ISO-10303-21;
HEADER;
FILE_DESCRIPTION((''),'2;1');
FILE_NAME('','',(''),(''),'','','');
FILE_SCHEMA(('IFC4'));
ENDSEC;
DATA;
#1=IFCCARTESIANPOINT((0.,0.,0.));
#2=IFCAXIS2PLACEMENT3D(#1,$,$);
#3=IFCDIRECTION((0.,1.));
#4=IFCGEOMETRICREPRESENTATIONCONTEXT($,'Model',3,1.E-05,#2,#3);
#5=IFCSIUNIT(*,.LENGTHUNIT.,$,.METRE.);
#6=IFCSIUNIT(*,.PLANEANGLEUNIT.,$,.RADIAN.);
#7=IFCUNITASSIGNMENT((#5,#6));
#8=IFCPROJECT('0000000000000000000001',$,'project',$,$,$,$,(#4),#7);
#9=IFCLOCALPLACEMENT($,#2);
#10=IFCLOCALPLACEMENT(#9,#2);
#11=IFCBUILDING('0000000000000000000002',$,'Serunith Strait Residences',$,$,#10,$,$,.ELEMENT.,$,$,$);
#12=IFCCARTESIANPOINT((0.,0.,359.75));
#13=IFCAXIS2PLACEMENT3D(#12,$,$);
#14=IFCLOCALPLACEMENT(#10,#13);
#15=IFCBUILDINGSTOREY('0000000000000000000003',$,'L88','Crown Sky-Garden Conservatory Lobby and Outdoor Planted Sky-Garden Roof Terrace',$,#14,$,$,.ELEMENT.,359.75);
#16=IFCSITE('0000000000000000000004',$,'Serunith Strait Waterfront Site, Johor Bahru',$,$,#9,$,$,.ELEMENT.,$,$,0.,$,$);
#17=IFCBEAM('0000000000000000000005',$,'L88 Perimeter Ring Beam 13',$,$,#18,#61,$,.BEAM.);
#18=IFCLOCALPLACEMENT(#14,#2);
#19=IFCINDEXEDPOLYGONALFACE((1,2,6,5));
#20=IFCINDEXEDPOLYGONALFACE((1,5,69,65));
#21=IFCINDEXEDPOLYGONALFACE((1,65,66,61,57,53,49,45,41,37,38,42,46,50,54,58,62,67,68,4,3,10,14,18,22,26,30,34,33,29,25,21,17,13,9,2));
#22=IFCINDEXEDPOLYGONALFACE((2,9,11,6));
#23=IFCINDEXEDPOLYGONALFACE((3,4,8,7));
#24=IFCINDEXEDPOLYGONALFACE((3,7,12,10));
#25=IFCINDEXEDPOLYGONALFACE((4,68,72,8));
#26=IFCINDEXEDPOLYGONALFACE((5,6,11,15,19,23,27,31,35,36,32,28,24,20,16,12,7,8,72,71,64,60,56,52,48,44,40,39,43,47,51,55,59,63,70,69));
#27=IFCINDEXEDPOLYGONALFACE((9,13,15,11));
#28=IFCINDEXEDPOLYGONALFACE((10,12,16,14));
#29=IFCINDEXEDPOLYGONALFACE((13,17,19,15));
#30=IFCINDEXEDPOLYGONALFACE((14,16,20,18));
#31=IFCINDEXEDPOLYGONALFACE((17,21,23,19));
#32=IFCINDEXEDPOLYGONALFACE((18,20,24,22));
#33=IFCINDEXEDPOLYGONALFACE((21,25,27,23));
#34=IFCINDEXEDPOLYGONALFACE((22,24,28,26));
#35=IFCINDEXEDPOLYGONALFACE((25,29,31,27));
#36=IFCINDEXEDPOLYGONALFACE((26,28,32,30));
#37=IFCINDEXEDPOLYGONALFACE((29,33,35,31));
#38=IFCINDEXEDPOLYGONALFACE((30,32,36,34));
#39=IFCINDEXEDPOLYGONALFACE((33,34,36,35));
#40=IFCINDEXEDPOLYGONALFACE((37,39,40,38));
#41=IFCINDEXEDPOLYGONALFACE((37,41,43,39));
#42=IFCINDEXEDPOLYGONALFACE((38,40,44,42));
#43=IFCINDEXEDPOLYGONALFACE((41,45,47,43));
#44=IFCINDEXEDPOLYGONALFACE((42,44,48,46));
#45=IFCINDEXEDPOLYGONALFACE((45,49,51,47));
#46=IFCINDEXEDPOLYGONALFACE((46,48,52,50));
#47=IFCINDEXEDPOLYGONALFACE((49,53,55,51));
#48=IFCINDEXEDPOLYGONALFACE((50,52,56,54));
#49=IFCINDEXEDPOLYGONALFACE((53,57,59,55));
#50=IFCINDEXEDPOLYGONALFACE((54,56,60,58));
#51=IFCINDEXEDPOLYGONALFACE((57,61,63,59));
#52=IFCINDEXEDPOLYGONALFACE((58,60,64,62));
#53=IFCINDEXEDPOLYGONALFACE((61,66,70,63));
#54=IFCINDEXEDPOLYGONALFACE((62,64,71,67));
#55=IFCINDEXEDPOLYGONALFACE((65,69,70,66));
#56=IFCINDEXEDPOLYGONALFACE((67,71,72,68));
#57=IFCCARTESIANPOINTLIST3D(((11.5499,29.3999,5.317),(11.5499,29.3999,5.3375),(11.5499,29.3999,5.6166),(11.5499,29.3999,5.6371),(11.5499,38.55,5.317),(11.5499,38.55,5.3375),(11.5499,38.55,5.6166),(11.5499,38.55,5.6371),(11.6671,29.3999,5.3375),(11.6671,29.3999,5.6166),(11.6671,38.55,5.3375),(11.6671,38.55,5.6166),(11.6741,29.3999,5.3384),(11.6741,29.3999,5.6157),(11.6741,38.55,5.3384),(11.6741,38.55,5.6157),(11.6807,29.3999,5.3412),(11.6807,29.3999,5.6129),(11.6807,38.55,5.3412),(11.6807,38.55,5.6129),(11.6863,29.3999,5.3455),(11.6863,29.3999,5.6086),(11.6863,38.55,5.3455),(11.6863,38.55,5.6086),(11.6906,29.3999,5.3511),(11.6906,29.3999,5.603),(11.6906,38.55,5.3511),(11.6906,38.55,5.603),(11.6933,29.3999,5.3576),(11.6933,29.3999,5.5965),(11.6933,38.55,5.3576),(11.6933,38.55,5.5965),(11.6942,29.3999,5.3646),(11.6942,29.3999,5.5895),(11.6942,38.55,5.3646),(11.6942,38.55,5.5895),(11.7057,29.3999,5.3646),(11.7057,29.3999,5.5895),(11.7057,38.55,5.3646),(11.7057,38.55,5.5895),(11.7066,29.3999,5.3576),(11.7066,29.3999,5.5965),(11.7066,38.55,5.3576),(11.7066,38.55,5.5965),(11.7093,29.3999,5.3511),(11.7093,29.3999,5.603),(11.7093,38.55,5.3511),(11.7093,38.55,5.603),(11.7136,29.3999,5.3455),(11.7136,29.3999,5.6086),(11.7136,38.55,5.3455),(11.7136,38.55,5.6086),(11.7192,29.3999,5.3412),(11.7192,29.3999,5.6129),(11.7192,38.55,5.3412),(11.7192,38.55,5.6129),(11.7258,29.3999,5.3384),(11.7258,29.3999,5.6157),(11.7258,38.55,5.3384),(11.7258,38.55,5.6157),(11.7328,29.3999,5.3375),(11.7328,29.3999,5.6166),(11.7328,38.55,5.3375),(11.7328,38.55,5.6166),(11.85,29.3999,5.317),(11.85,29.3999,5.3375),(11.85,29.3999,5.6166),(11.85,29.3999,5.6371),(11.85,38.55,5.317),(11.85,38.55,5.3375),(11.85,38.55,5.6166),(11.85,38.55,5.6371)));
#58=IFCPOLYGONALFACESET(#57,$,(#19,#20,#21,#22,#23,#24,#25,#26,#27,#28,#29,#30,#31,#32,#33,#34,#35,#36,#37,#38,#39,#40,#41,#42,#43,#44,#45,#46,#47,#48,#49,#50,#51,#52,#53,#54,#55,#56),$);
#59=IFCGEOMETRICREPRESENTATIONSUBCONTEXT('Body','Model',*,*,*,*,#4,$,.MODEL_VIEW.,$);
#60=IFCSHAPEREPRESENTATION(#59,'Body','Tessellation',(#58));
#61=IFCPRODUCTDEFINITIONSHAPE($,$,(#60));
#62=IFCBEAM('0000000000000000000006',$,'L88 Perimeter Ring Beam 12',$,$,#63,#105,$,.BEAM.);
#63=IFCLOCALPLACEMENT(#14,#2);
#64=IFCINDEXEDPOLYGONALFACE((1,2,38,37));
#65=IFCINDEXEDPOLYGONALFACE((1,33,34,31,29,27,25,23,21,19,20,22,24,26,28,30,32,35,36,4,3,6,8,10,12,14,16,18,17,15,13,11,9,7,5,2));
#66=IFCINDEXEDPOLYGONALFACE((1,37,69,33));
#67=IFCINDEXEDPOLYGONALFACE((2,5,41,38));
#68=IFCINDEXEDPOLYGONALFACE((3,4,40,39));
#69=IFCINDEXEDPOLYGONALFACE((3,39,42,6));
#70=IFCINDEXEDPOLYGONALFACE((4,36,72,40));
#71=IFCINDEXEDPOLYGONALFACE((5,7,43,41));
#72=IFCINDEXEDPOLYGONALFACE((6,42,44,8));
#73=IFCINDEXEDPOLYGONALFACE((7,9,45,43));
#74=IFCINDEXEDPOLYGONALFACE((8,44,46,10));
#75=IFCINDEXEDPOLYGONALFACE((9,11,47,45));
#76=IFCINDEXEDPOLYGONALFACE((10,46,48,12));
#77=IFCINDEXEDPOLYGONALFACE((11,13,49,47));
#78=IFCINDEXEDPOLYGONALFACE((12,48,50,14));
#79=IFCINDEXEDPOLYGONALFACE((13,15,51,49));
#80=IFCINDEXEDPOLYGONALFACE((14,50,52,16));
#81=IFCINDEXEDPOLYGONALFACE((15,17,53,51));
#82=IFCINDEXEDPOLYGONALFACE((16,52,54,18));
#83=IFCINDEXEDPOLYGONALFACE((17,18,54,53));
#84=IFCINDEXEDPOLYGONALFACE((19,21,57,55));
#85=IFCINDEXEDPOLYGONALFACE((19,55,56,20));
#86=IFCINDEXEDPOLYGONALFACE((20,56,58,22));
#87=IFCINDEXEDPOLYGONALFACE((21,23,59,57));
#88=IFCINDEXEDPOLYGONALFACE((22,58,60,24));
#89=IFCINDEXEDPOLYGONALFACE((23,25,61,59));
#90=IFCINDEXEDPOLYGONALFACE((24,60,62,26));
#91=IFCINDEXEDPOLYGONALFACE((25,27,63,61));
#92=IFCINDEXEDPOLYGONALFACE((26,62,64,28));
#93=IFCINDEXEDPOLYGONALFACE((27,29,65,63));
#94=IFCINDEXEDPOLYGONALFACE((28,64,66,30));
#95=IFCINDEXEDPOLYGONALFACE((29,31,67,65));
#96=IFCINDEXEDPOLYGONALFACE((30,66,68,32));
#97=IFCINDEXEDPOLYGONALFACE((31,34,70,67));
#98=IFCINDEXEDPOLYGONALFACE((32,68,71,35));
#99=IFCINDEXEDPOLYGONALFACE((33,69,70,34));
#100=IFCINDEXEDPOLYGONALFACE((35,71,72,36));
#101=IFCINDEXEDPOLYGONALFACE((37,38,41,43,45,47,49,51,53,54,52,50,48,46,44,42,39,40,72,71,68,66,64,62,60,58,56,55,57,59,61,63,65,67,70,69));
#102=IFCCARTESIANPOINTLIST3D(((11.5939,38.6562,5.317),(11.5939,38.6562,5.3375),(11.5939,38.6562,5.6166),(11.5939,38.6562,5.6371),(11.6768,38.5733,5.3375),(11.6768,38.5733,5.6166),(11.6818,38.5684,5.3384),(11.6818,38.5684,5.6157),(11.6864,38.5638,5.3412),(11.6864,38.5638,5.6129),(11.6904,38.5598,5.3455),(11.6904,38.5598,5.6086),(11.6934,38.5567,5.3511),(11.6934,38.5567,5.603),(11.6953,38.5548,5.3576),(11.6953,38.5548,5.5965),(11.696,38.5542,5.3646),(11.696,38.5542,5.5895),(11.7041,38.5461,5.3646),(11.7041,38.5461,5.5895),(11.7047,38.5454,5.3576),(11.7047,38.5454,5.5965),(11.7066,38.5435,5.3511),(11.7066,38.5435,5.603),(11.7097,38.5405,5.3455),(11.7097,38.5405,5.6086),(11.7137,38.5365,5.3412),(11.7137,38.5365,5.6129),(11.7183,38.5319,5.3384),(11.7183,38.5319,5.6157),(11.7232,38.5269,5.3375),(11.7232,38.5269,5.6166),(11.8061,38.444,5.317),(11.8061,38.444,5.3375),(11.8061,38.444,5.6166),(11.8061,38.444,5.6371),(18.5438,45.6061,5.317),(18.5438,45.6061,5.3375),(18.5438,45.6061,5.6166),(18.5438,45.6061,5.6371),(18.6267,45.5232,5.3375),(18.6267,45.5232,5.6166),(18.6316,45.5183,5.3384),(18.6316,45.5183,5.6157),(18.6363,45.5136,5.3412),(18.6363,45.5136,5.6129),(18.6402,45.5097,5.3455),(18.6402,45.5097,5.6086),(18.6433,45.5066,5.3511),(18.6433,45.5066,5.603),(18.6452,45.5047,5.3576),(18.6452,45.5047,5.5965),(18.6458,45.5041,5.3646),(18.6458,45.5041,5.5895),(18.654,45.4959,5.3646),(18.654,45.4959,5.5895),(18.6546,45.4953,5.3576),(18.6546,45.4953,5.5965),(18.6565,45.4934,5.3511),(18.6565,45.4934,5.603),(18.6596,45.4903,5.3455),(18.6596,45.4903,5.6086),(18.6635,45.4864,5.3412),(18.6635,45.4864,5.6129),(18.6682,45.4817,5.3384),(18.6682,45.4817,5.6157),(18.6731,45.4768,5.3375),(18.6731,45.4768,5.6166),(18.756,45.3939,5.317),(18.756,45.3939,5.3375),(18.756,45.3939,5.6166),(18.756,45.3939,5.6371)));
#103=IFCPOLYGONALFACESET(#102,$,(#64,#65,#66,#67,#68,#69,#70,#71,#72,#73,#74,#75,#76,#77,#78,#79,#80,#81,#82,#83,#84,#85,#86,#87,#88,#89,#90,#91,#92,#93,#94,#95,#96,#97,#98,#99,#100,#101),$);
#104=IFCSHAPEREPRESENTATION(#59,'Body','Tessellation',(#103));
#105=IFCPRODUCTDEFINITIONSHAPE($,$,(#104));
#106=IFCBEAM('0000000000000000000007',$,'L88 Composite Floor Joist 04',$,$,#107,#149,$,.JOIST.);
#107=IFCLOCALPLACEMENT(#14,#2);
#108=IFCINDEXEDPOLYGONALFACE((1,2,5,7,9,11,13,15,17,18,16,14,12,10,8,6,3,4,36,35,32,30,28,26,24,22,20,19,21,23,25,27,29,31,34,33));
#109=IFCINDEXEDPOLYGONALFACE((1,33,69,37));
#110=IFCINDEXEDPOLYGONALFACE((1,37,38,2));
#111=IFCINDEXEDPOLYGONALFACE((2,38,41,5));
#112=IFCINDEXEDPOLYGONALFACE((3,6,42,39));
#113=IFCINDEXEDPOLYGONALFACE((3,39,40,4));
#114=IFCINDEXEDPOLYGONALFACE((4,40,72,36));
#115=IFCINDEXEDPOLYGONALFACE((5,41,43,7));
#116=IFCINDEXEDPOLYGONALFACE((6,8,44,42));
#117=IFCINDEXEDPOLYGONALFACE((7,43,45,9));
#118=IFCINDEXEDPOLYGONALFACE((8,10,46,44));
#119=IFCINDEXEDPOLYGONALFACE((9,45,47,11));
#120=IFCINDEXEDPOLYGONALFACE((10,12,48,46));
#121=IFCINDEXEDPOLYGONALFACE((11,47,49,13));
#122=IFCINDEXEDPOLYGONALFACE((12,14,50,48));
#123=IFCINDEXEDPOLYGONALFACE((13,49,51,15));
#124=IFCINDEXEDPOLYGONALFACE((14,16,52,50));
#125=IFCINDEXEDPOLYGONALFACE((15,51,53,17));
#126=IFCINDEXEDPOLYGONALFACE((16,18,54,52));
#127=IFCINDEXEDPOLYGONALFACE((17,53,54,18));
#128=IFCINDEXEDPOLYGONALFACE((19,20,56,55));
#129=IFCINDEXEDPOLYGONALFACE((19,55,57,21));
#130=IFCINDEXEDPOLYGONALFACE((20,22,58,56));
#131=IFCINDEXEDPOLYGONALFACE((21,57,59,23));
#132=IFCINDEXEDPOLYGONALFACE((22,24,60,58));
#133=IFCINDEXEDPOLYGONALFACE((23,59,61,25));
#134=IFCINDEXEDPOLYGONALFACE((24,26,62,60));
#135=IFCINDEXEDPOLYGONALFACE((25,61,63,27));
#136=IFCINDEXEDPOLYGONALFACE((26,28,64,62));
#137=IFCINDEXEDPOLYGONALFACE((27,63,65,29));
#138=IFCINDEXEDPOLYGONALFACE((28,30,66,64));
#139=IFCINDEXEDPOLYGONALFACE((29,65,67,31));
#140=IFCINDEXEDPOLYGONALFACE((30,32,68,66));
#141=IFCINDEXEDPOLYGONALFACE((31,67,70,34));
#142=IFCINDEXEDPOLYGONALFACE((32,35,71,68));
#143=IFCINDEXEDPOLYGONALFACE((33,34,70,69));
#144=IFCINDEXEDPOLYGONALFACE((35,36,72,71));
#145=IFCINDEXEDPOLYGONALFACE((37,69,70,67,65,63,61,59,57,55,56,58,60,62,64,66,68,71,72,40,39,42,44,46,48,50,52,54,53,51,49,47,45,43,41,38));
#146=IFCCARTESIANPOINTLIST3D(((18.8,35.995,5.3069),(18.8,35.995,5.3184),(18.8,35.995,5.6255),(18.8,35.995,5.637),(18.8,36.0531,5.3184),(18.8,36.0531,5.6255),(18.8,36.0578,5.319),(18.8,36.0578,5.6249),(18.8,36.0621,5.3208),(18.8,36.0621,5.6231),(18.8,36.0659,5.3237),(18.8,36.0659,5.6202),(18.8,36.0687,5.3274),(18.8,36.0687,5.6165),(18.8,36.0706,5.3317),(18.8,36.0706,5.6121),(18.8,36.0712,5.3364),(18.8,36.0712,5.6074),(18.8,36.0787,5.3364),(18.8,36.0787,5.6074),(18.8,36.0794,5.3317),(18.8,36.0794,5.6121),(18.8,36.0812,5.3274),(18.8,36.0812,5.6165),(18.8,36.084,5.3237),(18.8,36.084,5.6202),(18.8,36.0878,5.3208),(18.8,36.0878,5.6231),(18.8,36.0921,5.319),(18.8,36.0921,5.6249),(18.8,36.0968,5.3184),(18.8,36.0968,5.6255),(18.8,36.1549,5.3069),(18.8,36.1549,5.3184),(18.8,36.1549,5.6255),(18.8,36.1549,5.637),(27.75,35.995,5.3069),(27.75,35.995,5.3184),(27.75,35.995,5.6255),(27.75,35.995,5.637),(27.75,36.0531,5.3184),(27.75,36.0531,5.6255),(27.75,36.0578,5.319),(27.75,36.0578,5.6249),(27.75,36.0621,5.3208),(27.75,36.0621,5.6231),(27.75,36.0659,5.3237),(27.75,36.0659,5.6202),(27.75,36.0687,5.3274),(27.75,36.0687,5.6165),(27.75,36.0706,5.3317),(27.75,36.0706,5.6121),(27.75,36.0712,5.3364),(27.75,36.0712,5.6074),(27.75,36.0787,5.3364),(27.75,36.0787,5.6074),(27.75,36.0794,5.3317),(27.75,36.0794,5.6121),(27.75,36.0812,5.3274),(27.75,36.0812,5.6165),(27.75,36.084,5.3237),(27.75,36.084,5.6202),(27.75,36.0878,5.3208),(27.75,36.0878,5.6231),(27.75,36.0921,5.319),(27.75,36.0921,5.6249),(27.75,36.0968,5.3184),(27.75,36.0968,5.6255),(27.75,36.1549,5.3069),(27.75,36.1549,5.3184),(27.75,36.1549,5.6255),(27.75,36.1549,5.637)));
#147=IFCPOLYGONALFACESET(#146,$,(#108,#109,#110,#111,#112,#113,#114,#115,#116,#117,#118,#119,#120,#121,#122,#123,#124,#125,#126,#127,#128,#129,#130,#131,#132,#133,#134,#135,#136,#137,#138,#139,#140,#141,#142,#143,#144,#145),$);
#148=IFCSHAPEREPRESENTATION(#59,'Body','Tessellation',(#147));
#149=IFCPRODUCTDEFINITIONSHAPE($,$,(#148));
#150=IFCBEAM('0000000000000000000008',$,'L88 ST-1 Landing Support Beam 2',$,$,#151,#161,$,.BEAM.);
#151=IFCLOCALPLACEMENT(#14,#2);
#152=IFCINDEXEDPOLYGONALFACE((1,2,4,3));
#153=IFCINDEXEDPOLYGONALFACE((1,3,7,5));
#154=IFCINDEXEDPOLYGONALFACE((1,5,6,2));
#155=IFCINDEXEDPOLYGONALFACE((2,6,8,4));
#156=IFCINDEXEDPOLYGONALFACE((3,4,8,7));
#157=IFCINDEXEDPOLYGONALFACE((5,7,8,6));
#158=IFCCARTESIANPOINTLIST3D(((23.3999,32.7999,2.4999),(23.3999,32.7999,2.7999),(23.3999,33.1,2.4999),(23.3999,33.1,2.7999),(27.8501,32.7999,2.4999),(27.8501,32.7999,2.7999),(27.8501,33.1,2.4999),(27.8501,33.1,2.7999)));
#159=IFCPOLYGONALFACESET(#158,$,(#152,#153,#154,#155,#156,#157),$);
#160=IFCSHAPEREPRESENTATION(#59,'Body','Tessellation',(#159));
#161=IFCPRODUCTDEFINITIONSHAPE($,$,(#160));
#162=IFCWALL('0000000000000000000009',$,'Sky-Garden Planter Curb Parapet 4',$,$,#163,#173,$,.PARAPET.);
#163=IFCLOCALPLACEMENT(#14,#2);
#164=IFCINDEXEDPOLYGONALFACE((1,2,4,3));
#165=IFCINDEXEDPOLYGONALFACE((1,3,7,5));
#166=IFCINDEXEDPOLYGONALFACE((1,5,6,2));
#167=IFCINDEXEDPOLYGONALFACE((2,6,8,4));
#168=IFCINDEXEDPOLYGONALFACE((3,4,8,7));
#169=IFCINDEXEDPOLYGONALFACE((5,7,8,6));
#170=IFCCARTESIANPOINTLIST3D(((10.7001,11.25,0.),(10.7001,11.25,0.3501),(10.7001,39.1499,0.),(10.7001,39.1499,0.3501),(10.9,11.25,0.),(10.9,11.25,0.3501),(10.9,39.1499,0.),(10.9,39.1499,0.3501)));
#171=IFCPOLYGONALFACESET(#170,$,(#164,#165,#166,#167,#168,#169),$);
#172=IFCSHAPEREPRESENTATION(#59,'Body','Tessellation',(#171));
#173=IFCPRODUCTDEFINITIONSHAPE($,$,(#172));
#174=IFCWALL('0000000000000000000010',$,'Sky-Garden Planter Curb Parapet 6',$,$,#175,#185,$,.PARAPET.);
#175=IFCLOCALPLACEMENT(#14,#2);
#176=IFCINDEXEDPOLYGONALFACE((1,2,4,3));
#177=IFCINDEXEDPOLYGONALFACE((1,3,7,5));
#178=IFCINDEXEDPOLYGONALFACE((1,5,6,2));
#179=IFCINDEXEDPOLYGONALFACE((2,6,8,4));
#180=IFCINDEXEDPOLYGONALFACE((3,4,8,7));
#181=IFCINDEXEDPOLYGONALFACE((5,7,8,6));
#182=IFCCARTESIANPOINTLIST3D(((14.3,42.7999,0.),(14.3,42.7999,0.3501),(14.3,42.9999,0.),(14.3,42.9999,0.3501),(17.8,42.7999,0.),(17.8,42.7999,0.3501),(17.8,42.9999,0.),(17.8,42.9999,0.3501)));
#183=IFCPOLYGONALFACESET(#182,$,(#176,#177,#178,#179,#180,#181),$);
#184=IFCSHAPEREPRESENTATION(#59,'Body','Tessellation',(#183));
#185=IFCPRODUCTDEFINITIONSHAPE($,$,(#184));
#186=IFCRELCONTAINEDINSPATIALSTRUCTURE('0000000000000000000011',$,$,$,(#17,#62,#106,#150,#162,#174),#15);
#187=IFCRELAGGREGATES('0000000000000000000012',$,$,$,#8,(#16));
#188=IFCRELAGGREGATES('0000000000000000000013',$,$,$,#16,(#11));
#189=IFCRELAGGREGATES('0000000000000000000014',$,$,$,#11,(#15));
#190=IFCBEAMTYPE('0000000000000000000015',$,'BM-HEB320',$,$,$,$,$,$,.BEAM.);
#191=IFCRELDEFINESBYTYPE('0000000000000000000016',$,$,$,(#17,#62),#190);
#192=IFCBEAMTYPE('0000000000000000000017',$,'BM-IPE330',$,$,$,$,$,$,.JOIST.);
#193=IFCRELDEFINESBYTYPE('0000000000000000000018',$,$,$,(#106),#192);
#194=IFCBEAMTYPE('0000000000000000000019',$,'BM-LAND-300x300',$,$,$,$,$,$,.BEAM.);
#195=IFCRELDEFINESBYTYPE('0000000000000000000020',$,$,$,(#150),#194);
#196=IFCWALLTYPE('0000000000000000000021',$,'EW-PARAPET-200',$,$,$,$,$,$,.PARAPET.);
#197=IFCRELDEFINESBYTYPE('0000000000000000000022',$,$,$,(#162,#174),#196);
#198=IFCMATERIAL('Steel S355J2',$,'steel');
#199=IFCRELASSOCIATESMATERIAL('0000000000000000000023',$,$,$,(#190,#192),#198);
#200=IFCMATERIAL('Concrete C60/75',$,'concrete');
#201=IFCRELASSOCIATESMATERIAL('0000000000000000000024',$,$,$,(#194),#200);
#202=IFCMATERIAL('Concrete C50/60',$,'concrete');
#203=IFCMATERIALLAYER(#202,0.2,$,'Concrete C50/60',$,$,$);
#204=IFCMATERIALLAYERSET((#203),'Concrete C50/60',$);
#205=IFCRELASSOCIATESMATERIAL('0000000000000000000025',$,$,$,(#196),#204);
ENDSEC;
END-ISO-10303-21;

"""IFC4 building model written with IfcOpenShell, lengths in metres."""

from ifc_helpers import new_model, si_unit, direction, frame, frame_2d, origin, origin_2d, place, context, subcontext, project, spatial, rectangle, i_section, extrude, source, transform, mapped, material, layer, layer_set, material_profile, profile_set, type_object, element, save


model = new_model("IFC4")

# Units and contexts
model_context = context("Model", 3, precision=1e-05, world=origin(), true_north=direction((0.0, 1.0)))
body_context = subcontext(model_context, "Body", "Model", "MODEL_VIEW")
ifc_project = project(units=[si_unit("LENGTHUNIT", "METRE"), si_unit("PLANEANGLEUNIT", "RADIAN")], contexts=[model_context])

# Site, building, storey
site_placement = place(None, origin())
site = spatial("IfcSite", under=ifc_project, at=site_placement, Name="Serunith Strait Waterfront Site, Johor Bahru", CompositionType="ELEMENT", RefElevation=0.0)
building_placement = place(site_placement, origin())
building = spatial("IfcBuilding", under=site, at=building_placement, Name="Serunith Strait Residences", CompositionType="ELEMENT")
storey_placement = place(building_placement, frame((0.0, 0.0, 359.75)))
storey = spatial("IfcBuildingStorey", under=building, at=storey_placement, Name="L88", Description="Crown Sky-Garden Conservatory Lobby and Outdoor Planted Sky-Garden Roof Terrace", CompositionType="ELEMENT", Elevation=359.75)

# Shared definitions
ifc_material_1 = material(Name="Concrete C60/75", Category="concrete")

# Beams
ifc_material_2 = material(Name="Steel S355J2", Category="steel")
ifc_material_profile_1 = material_profile(ifc_material_2, i_section(OverallWidth=0.3, OverallDepth=0.3201, WebThickness=0.0115, FlangeThickness=0.0205, FilletRadius=0.0271, at=origin_2d()), Name="HEB 320")
ifc_profile_set_1 = profile_set([ifc_material_profile_1], Name="Steel S355J2")
beam_type_1 = type_object("IfcBeamType", Name="BM-HEB320", PredefinedType="BEAM", material=ifc_profile_set_1)
shared_shape_1 = source(origin(), body_context, "Body", "SweptSolid", [
    extrude(i_section(OverallWidth=0.3, OverallDepth=0.3201, WebThickness=0.0115, FlangeThickness=0.0205, FilletRadius=0.0271, at=origin_2d()), origin(), (0.0, 0.0, 1.0), 9.1501),
])
beam_1_placement = place(storey_placement, frame((11.7, 38.55, 5.4771), z_axis=(0.0, -1.0, 0.0), x_axis=(1.0, 0.0, 0.0)))
element("IfcBeam", 1, at=beam_1_placement, inside=storey, type_object=beam_type_1, Name="L88 Perimeter Ring Beam 13", PredefinedType="BEAM", context=body_context, shape_type="MappedRepresentation", body=[
    mapped(shared_shape_1, transform((0.0, 0.0, 0.0), scale=1.0)),
])
shared_shape_2 = source(origin(), body_context, "Body", "SweptSolid", [
    extrude(i_section(OverallWidth=0.3, OverallDepth=0.3201, WebThickness=0.0115, FlangeThickness=0.0205, FilletRadius=0.0271, at=origin_2d()), origin(), (0.0, 0.0, 1.0), 9.8286),
])
beam_2_placement = place(storey_placement, frame((18.6499, 45.5, 5.4771), z_axis=(-0.707107, -0.707107, 0.0), x_axis=(0.707107, -0.707107, 0.0)))
element("IfcBeam", 2, at=beam_2_placement, inside=storey, type_object=beam_type_1, Name="L88 Perimeter Ring Beam 12", PredefinedType="BEAM", context=body_context, shape_type="MappedRepresentation", body=[
    mapped(shared_shape_2, transform((0.0, 0.0, 0.0), scale=1.0)),
])
ifc_material_profile_2 = material_profile(ifc_material_2, i_section(OverallWidth=0.1599, OverallDepth=0.3301, WebThickness=0.0076, FlangeThickness=0.0115, FilletRadius=0.0181, at=origin_2d()), Name="IPE 330")
ifc_profile_set_2 = profile_set([ifc_material_profile_2], Name="Steel S355J2")
beam_type_2 = type_object("IfcBeamType", Name="BM-IPE330", PredefinedType="JOIST", material=ifc_profile_set_2)
shared_shape_3 = source(origin(), body_context, "Body", "SweptSolid", [
    extrude(i_section(OverallWidth=0.1599, OverallDepth=0.3301, WebThickness=0.0076, FlangeThickness=0.0115, FilletRadius=0.0181, at=origin_2d()), origin(), (0.0, 0.0, 1.0), 8.95),
])
beam_3_placement = place(storey_placement, frame((18.8, 36.075, 5.4719), z_axis=(1.0, 0.0, 0.0), x_axis=(0.0, 1.0, 0.0)))
element("IfcBeam", 3, at=beam_3_placement, inside=storey, type_object=beam_type_2, Name="L88 Composite Floor Joist 04", PredefinedType="JOIST", context=body_context, shape_type="MappedRepresentation", body=[
    mapped(shared_shape_3, transform((0.0, 0.0, 0.0), scale=1.0)),
])
ifc_material_profile_3 = material_profile(ifc_material_1, rectangle(XDim=0.3, YDim=0.3, at=origin_2d()), Name="RC 300x300")
ifc_profile_set_3 = profile_set([ifc_material_profile_3], Name="Concrete C60/75")
beam_type_3 = type_object("IfcBeamType", Name="BM-LAND-300x300", PredefinedType="BEAM", material=ifc_profile_set_3)
shared_shape_4 = source(origin(), body_context, "Body", "SweptSolid", [
    extrude(rectangle(XDim=0.3, YDim=0.3, at=origin_2d()), origin(), (0.0, 0.0, 1.0), 4.4502),
])
beam_4_placement = place(storey_placement, frame((23.3999, 32.95, 2.6499), z_axis=(1.0, 0.0, 0.0), x_axis=(0.0, 1.0, 0.0)))
element("IfcBeam", 4, at=beam_4_placement, inside=storey, type_object=beam_type_3, Name="L88 ST-1 Landing Support Beam 2", PredefinedType="BEAM", context=body_context, shape_type="MappedRepresentation", body=[
    mapped(shared_shape_4, transform((0.0, 0.0, 0.0), scale=1.0)),
])

# Walls
ifc_material_3 = material(Name="Concrete C50/60", Category="concrete")
ifc_layer_1 = layer(ifc_material_3, 0.2, Name="Concrete C50/60")
ifc_layer_set_1 = layer_set([ifc_layer_1], Name="Concrete C50/60")
wall_type_1 = type_object("IfcWallType", Name="EW-PARAPET-200", PredefinedType="PARAPET", material=ifc_layer_set_1)
wall_1_placement = place(storey_placement, frame((10.8, 39.1499, 0.0), z_axis=(0.0, 0.0, 1.0), x_axis=(0.0, -1.0, 0.0)))
element("IfcWall", 5, at=wall_1_placement, inside=storey, type_object=wall_type_1, Name="Sky-Garden Planter Curb Parapet 4", PredefinedType="PARAPET", context=body_context, shape_type="SweptSolid", body=[
    extrude(rectangle(XDim=27.8999, YDim=0.2, at=frame_2d((13.95, 0.0))), origin(), (0.0, 0.0, 1.0), 0.3501),
])
wall_2_placement = place(storey_placement, frame((17.8, 42.8999, 0.0), z_axis=(0.0, 0.0, 1.0), x_axis=(-1.0, 0.0, 0.0)))
element("IfcWall", 6, at=wall_2_placement, inside=storey, type_object=wall_type_1, Name="Sky-Garden Planter Curb Parapet 6", PredefinedType="PARAPET", context=body_context, shape_type="SweptSolid", body=[
    extrude(rectangle(XDim=3.5, YDim=0.2, at=frame_2d((1.75, 0.0))), origin(), (0.0, 0.0, 1.0), 0.3501),
])

save(model, "model.ifc")
